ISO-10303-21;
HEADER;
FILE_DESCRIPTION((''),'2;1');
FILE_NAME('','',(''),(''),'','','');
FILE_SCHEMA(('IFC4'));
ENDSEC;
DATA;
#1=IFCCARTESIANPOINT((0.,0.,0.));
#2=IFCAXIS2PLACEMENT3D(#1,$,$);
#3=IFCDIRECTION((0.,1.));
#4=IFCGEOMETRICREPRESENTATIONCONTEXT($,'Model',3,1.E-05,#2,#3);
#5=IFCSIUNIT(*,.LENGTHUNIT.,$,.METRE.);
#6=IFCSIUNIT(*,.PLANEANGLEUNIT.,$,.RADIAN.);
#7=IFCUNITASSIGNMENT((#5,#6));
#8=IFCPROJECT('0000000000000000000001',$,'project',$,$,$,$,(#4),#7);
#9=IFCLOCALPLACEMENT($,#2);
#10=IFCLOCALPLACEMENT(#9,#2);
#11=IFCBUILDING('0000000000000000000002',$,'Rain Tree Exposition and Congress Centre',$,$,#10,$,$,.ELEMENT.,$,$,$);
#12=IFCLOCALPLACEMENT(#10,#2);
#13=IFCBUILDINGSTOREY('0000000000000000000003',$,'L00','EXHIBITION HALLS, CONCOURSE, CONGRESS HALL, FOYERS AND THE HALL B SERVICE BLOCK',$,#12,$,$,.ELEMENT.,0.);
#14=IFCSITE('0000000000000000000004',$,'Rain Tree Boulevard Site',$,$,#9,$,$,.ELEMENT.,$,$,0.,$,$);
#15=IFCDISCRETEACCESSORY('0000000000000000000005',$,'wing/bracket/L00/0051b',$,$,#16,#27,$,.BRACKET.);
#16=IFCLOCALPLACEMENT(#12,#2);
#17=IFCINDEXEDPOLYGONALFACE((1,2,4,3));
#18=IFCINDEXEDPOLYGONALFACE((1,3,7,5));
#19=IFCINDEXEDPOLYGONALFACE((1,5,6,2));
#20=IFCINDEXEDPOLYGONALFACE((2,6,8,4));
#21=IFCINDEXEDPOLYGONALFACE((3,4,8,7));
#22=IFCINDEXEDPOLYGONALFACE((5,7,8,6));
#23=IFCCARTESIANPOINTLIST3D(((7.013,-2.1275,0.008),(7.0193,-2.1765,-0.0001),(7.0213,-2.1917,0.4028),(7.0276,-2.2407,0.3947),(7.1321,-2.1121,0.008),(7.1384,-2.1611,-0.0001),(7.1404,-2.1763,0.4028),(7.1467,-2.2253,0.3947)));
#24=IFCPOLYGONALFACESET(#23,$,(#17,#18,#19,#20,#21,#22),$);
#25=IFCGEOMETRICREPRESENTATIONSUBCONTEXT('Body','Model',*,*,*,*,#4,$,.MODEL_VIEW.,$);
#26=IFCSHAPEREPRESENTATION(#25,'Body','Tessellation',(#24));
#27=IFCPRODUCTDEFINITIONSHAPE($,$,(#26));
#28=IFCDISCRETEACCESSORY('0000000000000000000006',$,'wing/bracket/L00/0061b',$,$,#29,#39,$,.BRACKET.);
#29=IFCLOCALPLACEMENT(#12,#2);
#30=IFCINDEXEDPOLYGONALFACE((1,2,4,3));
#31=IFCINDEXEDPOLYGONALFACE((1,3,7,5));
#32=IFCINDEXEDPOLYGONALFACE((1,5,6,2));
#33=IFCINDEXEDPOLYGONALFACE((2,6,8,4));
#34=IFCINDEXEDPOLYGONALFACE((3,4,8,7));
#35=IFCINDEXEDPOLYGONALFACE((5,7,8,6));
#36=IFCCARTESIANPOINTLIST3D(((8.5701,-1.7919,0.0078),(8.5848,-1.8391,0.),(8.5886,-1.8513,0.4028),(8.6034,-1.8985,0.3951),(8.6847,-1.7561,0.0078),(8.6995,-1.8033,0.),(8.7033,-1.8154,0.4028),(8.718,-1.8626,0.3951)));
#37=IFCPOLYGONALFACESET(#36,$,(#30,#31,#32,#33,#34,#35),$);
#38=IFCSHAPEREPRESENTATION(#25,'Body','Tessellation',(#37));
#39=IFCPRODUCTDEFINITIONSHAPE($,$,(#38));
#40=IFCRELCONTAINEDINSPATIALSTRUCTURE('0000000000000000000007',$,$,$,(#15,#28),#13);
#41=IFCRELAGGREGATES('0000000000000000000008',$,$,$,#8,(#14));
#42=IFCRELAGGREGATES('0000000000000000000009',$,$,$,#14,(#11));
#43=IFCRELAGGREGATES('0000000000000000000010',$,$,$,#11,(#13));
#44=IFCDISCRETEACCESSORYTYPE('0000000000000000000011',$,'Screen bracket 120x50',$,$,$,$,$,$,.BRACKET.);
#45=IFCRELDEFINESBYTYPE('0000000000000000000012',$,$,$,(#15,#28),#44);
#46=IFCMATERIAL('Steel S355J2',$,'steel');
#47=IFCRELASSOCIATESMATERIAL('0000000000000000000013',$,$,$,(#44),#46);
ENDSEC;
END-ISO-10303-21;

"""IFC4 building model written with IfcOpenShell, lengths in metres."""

from ifc_helpers import new_model, si_unit, direction, frame, origin, origin_2d, place, context, subcontext, project, spatial, rectangle, extrude, material, material_profile, profile_set, type_object, element, save


model = new_model("IFC4")

# Units and contexts
model_context = context("Model", 3, precision=1e-05, world=origin(), true_north=direction((0.0, 1.0)))
body_context = subcontext(model_context, "Body", "Model", "MODEL_VIEW")
ifc_project = project(units=[si_unit("LENGTHUNIT", "METRE"), si_unit("PLANEANGLEUNIT", "RADIAN")], contexts=[model_context])

# Site, building, storey
site_placement = place(None, origin())
site = spatial("IfcSite", under=ifc_project, at=site_placement, Name="Rain Tree Boulevard Site", CompositionType="ELEMENT", RefElevation=0.0)
building_placement = place(site_placement, origin())
building = spatial("IfcBuilding", under=site, at=building_placement, Name="Rain Tree Exposition and Congress Centre", CompositionType="ELEMENT")
storey_placement = place(building_placement, origin())
storey = spatial("IfcBuildingStorey", under=building, at=storey_placement, Name="L00", Description="EXHIBITION HALLS, CONCOURSE, CONGRESS HALL, FOYERS AND THE HALL B SERVICE BLOCK", CompositionType="ELEMENT", Elevation=0.0)

# Discrete accessories
ifc_material_1 = material(Name="Steel S355J2", Category="steel")
ifc_material_profile = material_profile(ifc_material_1, rectangle(XDim=0.1201, YDim=0.05, at=origin_2d()), Name="Flat bar 120x50")
ifc_profile_set = profile_set([ifc_material_profile], Name="Steel S355J2")
discrete_accessory_type = type_object("IfcDiscreteAccessoryType", Name="Screen bracket 120x50", PredefinedType="BRACKET", material=ifc_profile_set)
for number, where, z_axis, x_axis, name in (
    (1, (7.0757, -2.1443, 0.0039), (0.020749, -0.160503, 0.986817), (0.991747, 0.128211, 0.0), "wing/bracket/L00/0051b"),
):
    element("IfcDiscreteAccessory", number, at=place(storey_placement, frame(where, z_axis=z_axis, x_axis=x_axis)), inside=storey, type_object=discrete_accessory_type, Name=name, PredefinedType="BRACKET", context=body_context, shape_type="SweptSolid", body=[
        extrude(rectangle(XDim=0.1201, YDim=0.05, at=origin_2d()), origin(), (0.0, 0.0, 1.0), 0.4001),
    ])
discrete_accessory_placement = place(storey_placement, frame((8.6348, -1.7976, 0.0039), z_axis=(0.046401, -0.14836, 0.987844), x_axis=(0.95441, 0.298499, 0.0)))
element("IfcDiscreteAccessory", 2, at=discrete_accessory_placement, inside=storey, type_object=discrete_accessory_type, Name="wing/bracket/L00/0061b", PredefinedType="BRACKET", context=body_context, shape_type="SweptSolid", body=[
    extrude(rectangle(XDim=0.1201, YDim=0.05, at=origin_2d()), origin(), (0.0, 0.0, 1.0), 0.3999),
])

save(model, "model.ifc")
